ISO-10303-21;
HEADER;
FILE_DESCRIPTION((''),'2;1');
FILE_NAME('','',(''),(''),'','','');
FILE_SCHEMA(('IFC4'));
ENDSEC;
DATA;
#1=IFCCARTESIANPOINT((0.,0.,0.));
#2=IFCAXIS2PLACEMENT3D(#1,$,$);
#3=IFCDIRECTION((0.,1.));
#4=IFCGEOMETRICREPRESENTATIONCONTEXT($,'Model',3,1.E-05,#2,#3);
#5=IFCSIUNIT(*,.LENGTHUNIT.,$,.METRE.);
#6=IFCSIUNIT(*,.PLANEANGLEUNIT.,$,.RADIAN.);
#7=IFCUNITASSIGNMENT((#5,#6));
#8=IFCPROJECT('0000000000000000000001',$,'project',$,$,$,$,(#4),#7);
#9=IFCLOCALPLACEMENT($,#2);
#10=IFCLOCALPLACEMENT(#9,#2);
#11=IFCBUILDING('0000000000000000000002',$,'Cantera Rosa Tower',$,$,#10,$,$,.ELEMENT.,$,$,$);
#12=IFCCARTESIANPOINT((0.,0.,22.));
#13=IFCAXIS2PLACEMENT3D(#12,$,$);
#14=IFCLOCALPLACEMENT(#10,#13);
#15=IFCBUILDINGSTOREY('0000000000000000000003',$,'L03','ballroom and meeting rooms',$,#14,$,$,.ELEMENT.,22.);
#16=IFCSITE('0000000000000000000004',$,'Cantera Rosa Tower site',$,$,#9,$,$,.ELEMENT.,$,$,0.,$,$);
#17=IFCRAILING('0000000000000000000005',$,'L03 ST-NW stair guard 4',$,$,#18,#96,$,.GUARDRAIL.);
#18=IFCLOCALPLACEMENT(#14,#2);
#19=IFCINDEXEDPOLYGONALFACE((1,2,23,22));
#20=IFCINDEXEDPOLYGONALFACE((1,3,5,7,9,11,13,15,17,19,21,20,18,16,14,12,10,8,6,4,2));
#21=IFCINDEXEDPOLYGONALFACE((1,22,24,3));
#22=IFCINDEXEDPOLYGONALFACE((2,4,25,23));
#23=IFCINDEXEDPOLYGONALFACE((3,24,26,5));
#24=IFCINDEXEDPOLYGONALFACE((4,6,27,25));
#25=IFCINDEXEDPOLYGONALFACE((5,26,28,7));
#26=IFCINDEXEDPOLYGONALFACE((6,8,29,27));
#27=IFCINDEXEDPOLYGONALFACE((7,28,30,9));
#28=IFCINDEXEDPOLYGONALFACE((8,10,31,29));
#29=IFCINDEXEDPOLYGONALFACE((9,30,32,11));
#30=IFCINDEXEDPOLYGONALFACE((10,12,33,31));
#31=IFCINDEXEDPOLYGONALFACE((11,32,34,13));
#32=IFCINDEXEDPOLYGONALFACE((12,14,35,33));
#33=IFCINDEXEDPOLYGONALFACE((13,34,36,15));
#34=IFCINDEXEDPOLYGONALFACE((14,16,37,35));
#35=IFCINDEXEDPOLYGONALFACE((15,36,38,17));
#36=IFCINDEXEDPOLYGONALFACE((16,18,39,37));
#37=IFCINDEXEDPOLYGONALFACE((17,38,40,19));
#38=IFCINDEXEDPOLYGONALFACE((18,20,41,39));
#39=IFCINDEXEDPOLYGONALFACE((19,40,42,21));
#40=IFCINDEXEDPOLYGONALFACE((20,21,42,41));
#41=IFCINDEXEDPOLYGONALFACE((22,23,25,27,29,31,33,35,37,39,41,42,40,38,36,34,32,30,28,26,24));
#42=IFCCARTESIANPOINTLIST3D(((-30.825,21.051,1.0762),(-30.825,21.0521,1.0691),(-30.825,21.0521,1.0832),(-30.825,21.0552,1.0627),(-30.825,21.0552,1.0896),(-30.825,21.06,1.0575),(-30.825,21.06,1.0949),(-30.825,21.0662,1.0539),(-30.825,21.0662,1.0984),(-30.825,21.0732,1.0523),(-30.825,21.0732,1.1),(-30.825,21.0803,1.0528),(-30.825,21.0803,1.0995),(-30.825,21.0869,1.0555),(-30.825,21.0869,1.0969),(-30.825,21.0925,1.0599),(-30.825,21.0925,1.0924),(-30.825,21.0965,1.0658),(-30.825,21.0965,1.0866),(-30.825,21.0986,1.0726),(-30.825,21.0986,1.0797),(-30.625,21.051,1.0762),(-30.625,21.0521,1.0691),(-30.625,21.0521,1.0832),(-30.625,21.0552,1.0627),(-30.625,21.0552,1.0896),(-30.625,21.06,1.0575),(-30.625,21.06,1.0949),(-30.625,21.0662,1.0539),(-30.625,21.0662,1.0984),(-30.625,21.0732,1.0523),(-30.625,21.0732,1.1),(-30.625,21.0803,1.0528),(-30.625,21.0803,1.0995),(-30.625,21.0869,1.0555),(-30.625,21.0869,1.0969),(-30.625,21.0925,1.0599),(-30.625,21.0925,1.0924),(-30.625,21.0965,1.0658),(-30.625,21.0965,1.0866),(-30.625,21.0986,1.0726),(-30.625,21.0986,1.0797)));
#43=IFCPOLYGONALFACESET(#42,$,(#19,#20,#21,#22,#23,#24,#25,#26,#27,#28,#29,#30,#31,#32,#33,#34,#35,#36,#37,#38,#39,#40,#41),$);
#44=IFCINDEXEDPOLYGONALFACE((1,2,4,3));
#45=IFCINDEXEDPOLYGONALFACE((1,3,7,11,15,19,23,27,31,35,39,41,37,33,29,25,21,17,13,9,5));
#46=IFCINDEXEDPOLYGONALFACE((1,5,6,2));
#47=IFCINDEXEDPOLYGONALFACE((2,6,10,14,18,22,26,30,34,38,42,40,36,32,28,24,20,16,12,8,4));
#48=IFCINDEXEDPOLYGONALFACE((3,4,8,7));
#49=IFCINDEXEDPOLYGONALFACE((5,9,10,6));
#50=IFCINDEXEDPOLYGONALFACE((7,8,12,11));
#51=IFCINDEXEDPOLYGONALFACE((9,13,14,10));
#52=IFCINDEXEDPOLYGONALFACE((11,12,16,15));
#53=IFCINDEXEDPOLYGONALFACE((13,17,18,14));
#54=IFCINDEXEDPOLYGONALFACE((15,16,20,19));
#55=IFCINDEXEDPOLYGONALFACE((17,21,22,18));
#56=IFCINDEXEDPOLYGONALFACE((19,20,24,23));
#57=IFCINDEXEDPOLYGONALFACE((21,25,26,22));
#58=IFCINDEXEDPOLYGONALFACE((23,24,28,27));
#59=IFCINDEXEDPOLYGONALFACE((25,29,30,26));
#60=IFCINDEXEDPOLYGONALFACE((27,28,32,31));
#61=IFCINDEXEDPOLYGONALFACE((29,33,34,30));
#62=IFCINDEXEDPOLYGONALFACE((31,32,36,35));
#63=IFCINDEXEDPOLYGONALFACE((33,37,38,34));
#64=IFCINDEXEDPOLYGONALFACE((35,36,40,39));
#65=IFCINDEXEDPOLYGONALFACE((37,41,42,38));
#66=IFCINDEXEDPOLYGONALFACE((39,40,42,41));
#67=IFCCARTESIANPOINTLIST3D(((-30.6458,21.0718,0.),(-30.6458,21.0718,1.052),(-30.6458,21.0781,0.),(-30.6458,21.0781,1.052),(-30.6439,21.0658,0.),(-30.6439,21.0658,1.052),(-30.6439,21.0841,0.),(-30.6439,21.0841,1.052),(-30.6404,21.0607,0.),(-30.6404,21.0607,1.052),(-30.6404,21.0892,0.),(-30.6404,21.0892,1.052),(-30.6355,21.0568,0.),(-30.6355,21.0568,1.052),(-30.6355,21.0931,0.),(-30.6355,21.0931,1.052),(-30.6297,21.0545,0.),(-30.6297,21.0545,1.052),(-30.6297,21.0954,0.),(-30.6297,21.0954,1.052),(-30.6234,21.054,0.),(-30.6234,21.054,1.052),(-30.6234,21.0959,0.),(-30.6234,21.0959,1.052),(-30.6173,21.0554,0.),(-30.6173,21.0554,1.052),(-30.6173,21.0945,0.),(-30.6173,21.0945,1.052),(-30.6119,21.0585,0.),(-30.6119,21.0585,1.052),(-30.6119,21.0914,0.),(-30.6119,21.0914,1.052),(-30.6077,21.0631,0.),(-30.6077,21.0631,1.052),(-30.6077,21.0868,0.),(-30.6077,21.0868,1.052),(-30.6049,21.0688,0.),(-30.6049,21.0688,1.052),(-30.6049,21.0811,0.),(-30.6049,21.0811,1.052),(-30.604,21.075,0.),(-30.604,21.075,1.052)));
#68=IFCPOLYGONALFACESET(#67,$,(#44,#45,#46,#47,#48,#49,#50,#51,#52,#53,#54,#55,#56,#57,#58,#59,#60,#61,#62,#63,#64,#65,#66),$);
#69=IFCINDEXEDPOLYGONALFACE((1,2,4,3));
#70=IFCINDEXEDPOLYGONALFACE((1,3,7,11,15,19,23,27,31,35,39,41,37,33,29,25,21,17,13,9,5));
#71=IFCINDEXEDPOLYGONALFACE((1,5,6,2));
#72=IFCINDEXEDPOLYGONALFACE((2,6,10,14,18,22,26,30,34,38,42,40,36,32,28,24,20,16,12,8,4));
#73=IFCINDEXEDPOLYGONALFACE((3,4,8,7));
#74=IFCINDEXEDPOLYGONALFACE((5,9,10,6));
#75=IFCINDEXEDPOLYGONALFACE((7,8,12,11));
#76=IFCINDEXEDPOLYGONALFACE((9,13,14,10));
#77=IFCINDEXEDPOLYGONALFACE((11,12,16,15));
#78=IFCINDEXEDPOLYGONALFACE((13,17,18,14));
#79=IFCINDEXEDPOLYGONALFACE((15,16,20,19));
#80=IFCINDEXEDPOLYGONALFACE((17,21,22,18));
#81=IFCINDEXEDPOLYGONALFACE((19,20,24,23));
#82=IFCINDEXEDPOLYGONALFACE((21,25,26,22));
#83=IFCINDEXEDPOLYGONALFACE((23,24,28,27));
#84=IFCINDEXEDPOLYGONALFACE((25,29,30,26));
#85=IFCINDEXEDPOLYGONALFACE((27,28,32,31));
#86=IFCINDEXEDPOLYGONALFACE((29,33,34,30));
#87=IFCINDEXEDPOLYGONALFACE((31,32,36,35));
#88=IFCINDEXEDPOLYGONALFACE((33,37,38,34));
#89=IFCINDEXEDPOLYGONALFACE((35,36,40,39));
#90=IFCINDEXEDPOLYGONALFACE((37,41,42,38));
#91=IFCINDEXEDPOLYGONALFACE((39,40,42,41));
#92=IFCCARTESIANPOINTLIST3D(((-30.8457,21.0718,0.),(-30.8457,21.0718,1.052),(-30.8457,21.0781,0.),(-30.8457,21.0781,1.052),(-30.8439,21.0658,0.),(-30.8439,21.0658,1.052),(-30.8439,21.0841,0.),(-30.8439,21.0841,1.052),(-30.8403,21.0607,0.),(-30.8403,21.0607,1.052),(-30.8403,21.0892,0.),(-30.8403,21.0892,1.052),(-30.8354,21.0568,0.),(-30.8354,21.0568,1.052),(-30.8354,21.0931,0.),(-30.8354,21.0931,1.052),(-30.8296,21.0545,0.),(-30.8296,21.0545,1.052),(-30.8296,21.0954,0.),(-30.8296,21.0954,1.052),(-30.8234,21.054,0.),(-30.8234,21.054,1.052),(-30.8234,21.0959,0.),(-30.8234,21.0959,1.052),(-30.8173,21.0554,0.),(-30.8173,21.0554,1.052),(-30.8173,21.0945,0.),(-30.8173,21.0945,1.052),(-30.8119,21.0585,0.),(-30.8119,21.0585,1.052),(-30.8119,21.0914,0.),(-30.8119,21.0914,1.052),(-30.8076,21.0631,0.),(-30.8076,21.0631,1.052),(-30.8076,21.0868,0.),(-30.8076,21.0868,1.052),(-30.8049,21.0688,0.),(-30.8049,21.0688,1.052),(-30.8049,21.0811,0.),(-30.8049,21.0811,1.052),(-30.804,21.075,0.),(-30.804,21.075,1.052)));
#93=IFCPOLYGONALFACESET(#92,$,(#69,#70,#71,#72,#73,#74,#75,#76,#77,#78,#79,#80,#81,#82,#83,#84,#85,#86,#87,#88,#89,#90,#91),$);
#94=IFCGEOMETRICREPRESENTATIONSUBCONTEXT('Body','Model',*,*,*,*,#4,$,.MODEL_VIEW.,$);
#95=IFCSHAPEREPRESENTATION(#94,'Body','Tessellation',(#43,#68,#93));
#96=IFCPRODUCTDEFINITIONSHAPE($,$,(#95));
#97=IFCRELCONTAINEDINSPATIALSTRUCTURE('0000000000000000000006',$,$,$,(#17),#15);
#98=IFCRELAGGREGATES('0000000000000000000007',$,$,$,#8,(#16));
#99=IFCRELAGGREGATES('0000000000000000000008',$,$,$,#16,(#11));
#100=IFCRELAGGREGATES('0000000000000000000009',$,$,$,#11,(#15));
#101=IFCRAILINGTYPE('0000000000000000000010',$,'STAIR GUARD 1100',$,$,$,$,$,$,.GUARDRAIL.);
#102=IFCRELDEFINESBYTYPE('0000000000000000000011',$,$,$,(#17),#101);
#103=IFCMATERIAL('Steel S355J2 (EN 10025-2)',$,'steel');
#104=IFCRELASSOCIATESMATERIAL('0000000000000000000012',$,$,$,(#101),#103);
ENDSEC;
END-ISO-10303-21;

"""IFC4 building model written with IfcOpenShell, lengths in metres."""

from ifc_helpers import new_model, si_unit, direction, frame, origin, origin_2d, place, context, subcontext, project, spatial, circle, extrude, material, type_object, element, save


model = new_model("IFC4")

# Units and contexts
model_context = context("Model", 3, precision=1e-05, world=origin(), true_north=direction((0.0, 1.0)))
body_context = subcontext(model_context, "Body", "Model", "MODEL_VIEW")
ifc_project = project(units=[si_unit("LENGTHUNIT", "METRE"), si_unit("PLANEANGLEUNIT", "RADIAN")], contexts=[model_context])

# Site, building, storey
site_placement = place(None, origin())
site = spatial("IfcSite", under=ifc_project, at=site_placement, Name="Cantera Rosa Tower site", CompositionType="ELEMENT", RefElevation=0.0)
building_placement = place(site_placement, origin())
building = spatial("IfcBuilding", under=site, at=building_placement, Name="Cantera Rosa Tower", CompositionType="ELEMENT")
storey_placement = place(building_placement, frame((0.0, 0.0, 22.0)))
storey = spatial("IfcBuildingStorey", under=building, at=storey_placement, Name="L03", Description="ballroom and meeting rooms", CompositionType="ELEMENT", Elevation=22.0)

# Railing
ifc_material_1 = material(Name="Steel S355J2 (EN 10025-2)", Category="steel")
railing_type_1 = type_object("IfcRailingType", Name="STAIR GUARD 1100", PredefinedType="GUARDRAIL", material=ifc_material_1)
railing_1_placement = place(storey_placement, frame((-30.625, 21.075, 0.0)))
element("IfcRailing", 1, at=railing_1_placement, inside=storey, type_object=railing_type_1, Name="L03 ST-NW stair guard 4", PredefinedType="GUARDRAIL", context=body_context, shape_type="SweptSolid", body=[
    extrude(circle(Radius=0.0239, at=origin_2d()), frame((0.0, 0.0, 1.0762), z_axis=(-1.0, 0.0, 0.0), x_axis=(0.0, -1.0, 0.0)), (0.0, 0.0, 1.0), 0.2),
    extrude(circle(Radius=0.021, at=origin_2d()), origin(), (0.0, 0.0, 1.0), 1.052),
    extrude(circle(Radius=0.021, at=origin_2d()), frame((-0.2, 0.0, 0.0)), (0.0, 0.0, 1.0), 1.052),
])

save(model, "model.ifc")
